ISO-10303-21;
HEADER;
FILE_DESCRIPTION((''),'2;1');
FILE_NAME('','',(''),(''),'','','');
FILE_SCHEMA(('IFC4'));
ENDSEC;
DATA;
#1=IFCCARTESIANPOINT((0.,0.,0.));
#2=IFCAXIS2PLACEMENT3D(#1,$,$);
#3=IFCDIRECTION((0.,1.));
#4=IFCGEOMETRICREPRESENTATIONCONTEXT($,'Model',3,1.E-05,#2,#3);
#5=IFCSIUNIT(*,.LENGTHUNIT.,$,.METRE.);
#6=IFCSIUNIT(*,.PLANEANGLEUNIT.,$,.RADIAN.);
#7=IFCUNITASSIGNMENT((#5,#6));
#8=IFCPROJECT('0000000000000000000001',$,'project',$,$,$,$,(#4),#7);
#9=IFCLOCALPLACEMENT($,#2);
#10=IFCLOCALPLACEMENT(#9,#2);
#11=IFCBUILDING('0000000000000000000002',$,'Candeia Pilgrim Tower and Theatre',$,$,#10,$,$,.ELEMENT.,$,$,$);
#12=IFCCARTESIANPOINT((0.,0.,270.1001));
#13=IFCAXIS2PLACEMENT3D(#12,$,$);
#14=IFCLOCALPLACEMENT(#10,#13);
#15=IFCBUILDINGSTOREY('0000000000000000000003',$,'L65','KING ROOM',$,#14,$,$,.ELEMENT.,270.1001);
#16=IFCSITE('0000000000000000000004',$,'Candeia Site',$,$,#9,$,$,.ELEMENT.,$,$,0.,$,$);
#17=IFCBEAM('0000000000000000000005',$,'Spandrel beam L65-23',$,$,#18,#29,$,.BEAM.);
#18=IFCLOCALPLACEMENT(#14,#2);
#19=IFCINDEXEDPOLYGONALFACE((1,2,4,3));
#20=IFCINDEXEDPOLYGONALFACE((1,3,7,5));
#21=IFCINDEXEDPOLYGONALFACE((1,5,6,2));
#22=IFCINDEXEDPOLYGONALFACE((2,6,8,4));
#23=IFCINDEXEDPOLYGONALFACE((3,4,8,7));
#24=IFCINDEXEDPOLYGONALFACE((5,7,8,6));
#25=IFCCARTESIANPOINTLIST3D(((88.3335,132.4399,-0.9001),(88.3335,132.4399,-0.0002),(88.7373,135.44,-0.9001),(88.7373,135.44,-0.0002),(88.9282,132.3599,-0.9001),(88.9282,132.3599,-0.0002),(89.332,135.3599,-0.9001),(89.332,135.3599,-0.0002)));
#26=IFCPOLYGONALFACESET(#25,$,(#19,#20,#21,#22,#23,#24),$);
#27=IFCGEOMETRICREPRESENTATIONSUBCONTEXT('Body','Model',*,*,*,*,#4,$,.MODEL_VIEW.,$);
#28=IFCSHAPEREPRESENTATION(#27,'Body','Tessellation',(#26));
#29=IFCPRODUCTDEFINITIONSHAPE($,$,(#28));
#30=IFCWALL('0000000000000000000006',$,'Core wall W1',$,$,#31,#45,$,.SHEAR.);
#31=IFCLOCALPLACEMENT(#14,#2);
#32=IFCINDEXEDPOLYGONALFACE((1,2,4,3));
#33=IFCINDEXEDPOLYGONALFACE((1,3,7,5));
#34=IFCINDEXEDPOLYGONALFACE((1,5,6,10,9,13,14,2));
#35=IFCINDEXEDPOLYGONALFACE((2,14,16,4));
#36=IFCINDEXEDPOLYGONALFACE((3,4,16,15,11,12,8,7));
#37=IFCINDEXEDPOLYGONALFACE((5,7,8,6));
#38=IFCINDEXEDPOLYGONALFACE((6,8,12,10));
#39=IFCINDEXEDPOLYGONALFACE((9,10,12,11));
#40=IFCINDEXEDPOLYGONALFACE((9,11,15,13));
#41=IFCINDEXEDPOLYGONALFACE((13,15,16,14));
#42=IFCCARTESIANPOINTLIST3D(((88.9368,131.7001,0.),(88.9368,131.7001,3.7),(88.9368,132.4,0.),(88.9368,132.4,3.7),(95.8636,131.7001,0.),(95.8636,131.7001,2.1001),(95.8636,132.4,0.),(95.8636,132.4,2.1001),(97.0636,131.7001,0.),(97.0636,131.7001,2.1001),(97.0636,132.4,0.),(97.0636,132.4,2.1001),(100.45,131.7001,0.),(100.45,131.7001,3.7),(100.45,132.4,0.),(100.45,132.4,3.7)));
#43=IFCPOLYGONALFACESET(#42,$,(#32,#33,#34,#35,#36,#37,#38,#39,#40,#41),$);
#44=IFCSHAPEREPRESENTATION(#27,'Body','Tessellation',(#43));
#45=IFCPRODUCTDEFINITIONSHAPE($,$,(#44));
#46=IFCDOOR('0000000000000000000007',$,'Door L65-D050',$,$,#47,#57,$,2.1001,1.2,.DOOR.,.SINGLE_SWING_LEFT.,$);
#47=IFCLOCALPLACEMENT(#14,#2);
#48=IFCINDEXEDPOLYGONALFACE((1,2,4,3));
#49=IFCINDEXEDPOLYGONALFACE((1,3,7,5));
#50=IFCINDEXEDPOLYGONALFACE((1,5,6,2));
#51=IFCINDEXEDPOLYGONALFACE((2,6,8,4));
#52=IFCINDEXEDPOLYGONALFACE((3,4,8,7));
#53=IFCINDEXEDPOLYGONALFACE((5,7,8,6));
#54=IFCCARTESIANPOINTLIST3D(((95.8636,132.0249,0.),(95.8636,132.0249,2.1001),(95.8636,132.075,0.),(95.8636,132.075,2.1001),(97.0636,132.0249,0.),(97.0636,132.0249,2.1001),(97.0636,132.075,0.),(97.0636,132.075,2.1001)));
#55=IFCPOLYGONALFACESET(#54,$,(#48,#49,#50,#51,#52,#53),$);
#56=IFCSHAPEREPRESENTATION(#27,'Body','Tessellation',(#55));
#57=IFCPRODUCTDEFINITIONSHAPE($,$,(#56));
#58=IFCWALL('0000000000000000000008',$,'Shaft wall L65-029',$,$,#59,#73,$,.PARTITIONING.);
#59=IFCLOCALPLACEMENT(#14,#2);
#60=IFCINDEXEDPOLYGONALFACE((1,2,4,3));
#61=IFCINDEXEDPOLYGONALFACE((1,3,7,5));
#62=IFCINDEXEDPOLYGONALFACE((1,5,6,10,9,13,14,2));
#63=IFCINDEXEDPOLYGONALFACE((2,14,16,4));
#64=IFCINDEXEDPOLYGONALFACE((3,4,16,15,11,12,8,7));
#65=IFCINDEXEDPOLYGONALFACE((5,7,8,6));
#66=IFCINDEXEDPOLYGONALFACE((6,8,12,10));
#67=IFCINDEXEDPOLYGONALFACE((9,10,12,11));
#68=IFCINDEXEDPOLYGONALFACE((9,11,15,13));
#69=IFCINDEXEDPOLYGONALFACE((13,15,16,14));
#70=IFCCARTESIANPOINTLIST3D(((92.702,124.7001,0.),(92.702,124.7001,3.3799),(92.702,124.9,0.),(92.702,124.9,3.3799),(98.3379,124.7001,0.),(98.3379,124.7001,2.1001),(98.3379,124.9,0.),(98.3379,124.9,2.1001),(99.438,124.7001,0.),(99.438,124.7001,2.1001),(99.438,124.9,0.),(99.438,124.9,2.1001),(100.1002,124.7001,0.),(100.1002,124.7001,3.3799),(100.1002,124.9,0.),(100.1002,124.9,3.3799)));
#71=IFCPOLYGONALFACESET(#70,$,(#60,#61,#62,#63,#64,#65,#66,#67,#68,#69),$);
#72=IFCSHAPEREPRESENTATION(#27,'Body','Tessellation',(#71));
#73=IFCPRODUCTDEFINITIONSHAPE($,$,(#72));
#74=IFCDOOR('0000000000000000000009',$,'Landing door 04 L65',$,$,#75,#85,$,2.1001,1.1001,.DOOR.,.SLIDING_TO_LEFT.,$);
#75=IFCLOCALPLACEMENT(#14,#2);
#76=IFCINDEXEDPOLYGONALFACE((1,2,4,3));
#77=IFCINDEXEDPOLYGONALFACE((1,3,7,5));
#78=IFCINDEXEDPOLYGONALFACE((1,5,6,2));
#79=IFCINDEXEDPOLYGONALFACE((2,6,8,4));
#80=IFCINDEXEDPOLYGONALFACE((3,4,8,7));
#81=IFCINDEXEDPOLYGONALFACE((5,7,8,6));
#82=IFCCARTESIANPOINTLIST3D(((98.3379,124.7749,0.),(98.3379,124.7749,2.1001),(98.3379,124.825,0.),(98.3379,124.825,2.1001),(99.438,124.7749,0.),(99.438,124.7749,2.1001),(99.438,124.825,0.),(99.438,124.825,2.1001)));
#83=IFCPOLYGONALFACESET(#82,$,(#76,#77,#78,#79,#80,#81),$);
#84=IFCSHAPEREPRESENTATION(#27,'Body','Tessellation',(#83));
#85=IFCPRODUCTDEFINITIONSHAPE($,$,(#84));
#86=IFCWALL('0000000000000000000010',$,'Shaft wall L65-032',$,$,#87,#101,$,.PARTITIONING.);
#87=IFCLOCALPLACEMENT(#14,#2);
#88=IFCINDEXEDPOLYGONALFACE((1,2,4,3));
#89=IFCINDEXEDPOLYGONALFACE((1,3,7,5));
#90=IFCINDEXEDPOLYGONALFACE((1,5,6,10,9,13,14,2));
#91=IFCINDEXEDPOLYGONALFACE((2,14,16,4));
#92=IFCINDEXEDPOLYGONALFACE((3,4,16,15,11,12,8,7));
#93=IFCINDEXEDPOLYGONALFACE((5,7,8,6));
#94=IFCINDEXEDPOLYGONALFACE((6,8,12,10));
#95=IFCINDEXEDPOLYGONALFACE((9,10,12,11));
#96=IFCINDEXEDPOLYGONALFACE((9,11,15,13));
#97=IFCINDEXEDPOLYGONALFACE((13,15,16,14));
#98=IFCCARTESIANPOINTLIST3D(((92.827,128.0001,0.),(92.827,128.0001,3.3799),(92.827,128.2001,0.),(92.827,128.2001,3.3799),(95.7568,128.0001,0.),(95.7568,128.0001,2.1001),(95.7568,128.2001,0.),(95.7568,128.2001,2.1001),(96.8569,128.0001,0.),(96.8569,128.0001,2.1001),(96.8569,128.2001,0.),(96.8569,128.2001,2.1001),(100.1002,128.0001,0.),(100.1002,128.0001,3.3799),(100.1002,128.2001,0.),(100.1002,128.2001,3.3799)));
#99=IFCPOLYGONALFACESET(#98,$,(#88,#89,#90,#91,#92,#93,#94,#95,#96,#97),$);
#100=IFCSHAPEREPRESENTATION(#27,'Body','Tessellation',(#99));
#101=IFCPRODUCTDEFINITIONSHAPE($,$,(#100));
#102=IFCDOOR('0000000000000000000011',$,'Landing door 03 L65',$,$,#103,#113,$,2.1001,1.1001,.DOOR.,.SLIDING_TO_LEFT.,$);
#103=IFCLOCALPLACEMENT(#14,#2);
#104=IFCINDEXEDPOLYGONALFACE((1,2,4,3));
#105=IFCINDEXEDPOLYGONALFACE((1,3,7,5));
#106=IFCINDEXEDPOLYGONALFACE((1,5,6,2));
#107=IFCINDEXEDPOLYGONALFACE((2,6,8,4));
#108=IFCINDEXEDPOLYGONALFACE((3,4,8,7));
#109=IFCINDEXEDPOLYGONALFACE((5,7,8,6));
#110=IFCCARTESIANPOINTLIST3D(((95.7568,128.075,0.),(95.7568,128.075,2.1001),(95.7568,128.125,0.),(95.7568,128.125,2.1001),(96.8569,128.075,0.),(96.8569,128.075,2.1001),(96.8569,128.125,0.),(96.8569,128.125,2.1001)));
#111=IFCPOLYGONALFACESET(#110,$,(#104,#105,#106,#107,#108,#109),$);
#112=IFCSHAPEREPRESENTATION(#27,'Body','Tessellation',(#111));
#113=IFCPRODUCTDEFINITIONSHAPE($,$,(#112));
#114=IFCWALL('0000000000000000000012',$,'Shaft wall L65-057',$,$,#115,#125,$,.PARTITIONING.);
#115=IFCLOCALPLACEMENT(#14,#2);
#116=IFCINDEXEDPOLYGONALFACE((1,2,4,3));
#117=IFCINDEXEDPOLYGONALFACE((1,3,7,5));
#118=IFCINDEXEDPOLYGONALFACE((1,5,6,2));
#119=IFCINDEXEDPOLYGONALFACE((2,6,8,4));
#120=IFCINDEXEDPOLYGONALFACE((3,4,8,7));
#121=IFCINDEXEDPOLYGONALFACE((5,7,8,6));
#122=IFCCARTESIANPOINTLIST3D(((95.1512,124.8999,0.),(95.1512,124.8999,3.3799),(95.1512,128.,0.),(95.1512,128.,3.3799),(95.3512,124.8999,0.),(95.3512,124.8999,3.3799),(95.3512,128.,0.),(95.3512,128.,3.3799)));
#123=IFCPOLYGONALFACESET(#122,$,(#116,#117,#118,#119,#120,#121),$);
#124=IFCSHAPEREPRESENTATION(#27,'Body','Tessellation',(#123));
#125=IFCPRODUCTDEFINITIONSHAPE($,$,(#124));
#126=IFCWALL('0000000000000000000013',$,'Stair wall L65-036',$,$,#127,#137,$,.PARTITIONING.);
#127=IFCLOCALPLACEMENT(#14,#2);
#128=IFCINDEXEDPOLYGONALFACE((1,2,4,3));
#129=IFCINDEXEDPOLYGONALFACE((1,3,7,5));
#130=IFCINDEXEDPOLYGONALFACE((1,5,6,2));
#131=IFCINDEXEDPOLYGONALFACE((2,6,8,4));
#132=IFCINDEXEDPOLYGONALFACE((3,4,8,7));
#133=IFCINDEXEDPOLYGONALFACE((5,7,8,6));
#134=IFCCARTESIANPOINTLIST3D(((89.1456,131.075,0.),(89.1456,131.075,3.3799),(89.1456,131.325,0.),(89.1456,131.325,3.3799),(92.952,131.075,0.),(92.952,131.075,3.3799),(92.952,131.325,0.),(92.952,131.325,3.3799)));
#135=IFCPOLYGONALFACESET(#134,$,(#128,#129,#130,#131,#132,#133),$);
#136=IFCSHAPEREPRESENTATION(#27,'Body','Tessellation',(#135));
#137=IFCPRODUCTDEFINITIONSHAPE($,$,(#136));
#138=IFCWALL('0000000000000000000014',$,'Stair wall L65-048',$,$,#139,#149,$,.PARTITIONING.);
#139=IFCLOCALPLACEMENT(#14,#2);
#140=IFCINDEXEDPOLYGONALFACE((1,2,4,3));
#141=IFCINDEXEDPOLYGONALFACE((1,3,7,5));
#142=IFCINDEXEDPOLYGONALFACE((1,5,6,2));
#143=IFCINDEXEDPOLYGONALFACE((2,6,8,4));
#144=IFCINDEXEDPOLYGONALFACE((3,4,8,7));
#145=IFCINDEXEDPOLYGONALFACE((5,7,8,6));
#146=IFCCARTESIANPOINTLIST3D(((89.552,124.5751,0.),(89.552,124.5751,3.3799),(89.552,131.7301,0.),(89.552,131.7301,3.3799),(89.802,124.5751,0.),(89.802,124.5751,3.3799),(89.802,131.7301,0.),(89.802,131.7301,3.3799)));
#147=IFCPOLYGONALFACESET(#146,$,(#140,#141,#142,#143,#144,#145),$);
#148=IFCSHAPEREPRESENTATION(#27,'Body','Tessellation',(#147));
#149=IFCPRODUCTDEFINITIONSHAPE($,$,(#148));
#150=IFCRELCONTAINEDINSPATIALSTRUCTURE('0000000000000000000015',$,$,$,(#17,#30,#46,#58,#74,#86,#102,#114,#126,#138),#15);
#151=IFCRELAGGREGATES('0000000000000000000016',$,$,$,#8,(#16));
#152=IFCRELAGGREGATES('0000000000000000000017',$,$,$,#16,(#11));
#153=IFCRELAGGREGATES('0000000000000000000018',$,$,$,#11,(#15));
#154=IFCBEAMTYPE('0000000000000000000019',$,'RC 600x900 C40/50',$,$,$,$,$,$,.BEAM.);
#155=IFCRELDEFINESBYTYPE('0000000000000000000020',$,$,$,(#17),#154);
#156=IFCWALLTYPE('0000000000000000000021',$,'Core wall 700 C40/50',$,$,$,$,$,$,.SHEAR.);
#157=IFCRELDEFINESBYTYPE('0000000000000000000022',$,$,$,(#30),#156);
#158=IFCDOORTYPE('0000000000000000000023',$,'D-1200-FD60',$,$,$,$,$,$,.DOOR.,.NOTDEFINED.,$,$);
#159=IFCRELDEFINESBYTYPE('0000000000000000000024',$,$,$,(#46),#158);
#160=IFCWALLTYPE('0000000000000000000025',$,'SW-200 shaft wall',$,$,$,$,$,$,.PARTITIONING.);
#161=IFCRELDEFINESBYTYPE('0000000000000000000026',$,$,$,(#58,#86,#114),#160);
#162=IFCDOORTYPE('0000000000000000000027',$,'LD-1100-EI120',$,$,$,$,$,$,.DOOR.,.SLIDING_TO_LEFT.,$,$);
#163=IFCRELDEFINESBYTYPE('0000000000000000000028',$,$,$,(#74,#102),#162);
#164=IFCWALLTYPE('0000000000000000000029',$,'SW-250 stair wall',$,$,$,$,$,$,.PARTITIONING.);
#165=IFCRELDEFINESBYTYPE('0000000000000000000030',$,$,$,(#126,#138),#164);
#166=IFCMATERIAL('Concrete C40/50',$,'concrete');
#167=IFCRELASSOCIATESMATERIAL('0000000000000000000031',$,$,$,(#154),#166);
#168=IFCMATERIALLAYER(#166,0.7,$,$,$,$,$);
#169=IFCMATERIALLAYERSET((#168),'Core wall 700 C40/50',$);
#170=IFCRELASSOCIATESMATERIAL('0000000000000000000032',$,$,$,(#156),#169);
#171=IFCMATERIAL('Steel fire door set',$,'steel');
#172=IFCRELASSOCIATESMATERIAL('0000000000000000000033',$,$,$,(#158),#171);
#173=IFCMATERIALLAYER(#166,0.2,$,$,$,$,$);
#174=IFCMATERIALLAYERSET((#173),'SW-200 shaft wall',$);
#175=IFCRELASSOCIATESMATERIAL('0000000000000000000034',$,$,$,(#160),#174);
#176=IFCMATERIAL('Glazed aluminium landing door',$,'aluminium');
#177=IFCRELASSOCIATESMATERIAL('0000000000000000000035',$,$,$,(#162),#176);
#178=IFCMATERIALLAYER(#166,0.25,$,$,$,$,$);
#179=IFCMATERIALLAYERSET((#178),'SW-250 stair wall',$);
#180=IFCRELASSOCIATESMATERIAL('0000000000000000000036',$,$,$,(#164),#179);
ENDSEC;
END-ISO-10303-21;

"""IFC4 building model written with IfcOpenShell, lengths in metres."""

from ifc_helpers import new_model, si_unit, direction, frame, frame_2d, origin, origin_2d, place, context, subcontext, project, spatial, rectangle, extrude, material, layer, layer_set, material_profile, profile_set, type_object, element, fill, save


model = new_model("IFC4")

# Units and contexts
model_context = context("Model", 3, precision=1e-05, world=origin(), true_north=direction((0.0, 1.0)))
body_context = subcontext(model_context, "Body", "Model", "MODEL_VIEW")
ifc_project = project(units=[si_unit("LENGTHUNIT", "METRE"), si_unit("PLANEANGLEUNIT", "RADIAN")], contexts=[model_context])

# Site, building, storey
site_placement = place(None, origin())
site = spatial("IfcSite", under=ifc_project, at=site_placement, Name="Candeia Site", CompositionType="ELEMENT", RefElevation=0.0)
building_placement = place(site_placement, origin())
building = spatial("IfcBuilding", under=site, at=building_placement, Name="Candeia Pilgrim Tower and Theatre", CompositionType="ELEMENT")
storey_placement = place(building_placement, frame((0.0, 0.0, 270.1001)))
storey = spatial("IfcBuildingStorey", under=building, at=storey_placement, Name="L65", Description="KING ROOM", CompositionType="ELEMENT", Elevation=270.1001)

# Beam
ifc_material_1 = material(Name="Concrete C40/50", Category="concrete")
ifc_material_profile = material_profile(ifc_material_1, rectangle(XDim=0.6001, YDim=0.8999, at=origin_2d()))
ifc_profile_set = profile_set([ifc_material_profile], Name="Concrete C40/50")
beam_type = type_object("IfcBeamType", Name="RC 600x900 C40/50", PredefinedType="BEAM", material=ifc_profile_set)
beam_placement = place(storey_placement, frame((88.6309, 132.3999, -0.4502), z_axis=(0.1334, 0.991062, 0.0), x_axis=(-0.991062, 0.1334, 0.0)))
element("IfcBeam", 1, at=beam_placement, inside=storey, type_object=beam_type, Name="Spandrel beam L65-23", PredefinedType="BEAM", context=body_context, shape_type="SweptSolid", body=[
    extrude(rectangle(XDim=0.6001, YDim=0.8999, at=origin_2d()), origin(), (0.0, 0.0, 1.0), 3.0271),
])

# Walls, openings, doors
ifc_layer_1 = layer(ifc_material_1, 0.7)
ifc_layer_set_1 = layer_set([ifc_layer_1], Name="Core wall 700 C40/50")
wall_type_1 = type_object("IfcWallType", Name="Core wall 700 C40/50", PredefinedType="SHEAR", material=ifc_layer_set_1)
wall_1_placement = place(storey_placement, frame((88.9368, 132.05, 0.0), z_axis=(0.0, 0.0, 1.0), x_axis=(1.0, 0.0, 0.0)))
wall_1 = element("IfcWall", 2, at=wall_1_placement, inside=storey, type_object=wall_type_1, Name="Core wall W1", PredefinedType="SHEAR", context=body_context, shape_type="SweptSolid", body=[
    extrude(rectangle(XDim=11.5132, YDim=0.7, at=frame_2d((5.7566, 0.0))), origin(), (0.0, 0.0, 1.0), 3.7),
])
opening_1_placement = place(wall_1_placement, frame((6.9268, 0.0, 0.0)))
opening_1 = element("IfcOpeningElement", 3, at=opening_1_placement, cuts=wall_1, PredefinedType="OPENING", context=body_context, shape_type="SweptSolid", body=[
    extrude(rectangle(XDim=1.2, YDim=2.1001, at=frame_2d((0.6001, 1.05))), frame((0.0, 0.3599, 0.0), z_axis=(0.0, -1.0, 0.0), x_axis=(1.0, 0.0, 0.0)), (0.0, 0.0, 1.0), 0.72),
])
ifc_material_2 = material(Name="Steel fire door set", Category="steel")
door_type_1 = type_object("IfcDoorType", Name="D-1200-FD60", OperationType="NOTDEFINED", PredefinedType="DOOR", material=ifc_material_2)
door_1_placement = place(opening_1_placement, origin())
door_1 = element("IfcDoor", 4, at=door_1_placement, inside=storey, type_object=door_type_1, Name="Door L65-D050", OperationType="SINGLE_SWING_LEFT", OverallHeight=2.1001, OverallWidth=1.2, PredefinedType="DOOR", context=body_context, shape_type="SweptSolid", body=[
    extrude(rectangle(XDim=1.2, YDim=2.1001, at=frame_2d((0.6001, 1.05))), frame((0.0, 0.0249, 0.0), z_axis=(0.0, -1.0, 0.0), x_axis=(1.0, 0.0, 0.0)), (0.0, 0.0, 1.0), 0.05),
])
fill(opening_1, door_1)
ifc_layer_2 = layer(ifc_material_1, 0.2)
ifc_layer_set_2 = layer_set([ifc_layer_2], Name="SW-200 shaft wall")
wall_type_2 = type_object("IfcWallType", Name="SW-200 shaft wall", PredefinedType="PARTITIONING", material=ifc_layer_set_2)
wall_2_placement = place(storey_placement, frame((92.7019, 124.8, 0.0), z_axis=(0.0, 0.0, 1.0), x_axis=(1.0, 0.0, 0.0)))
wall_2 = element("IfcWall", 5, at=wall_2_placement, inside=storey, type_object=wall_type_2, Name="Shaft wall L65-029", PredefinedType="PARTITIONING", context=body_context, shape_type="SweptSolid", body=[
    extrude(rectangle(XDim=7.3982, YDim=0.2, at=frame_2d((3.6992, 0.0))), origin(), (0.0, 0.0, 1.0), 3.3799),
])
opening_2_placement = place(wall_2_placement, frame((5.636, 0.0, 0.0)))
opening_2 = element("IfcOpeningElement", 6, at=opening_2_placement, cuts=wall_2, PredefinedType="OPENING", context=body_context, shape_type="SweptSolid", body=[
    extrude(rectangle(XDim=1.1001, YDim=2.1001, at=frame_2d((0.55, 1.05))), frame((0.0, 0.1099, 0.0), z_axis=(0.0, -1.0, 0.0), x_axis=(1.0, 0.0, 0.0)), (0.0, 0.0, 1.0), 0.22),
])
ifc_material_3 = material(Name="Glazed aluminium landing door", Category="aluminium")
door_type_2 = type_object("IfcDoorType", Name="LD-1100-EI120", OperationType="SLIDING_TO_LEFT", PredefinedType="DOOR", material=ifc_material_3)
door_2_placement = place(opening_2_placement, origin())
door_2 = element("IfcDoor", 7, at=door_2_placement, inside=storey, type_object=door_type_2, Name="Landing door 04 L65", OperationType="SLIDING_TO_LEFT", OverallHeight=2.1001, OverallWidth=1.1001, PredefinedType="DOOR", context=body_context, shape_type="SweptSolid", body=[
    extrude(rectangle(XDim=1.1001, YDim=2.1001, at=frame_2d((0.55, 1.05))), frame((0.0, 0.0249, 0.0), z_axis=(0.0, -1.0, 0.0), x_axis=(1.0, 0.0, 0.0)), (0.0, 0.0, 1.0), 0.05),
])
fill(opening_2, door_2)
wall_3_placement = place(storey_placement, frame((92.8269, 128.1001, 0.0), z_axis=(0.0, 0.0, 1.0), x_axis=(1.0, 0.0, 0.0)))
wall_3 = element("IfcWall", 8, at=wall_3_placement, inside=storey, type_object=wall_type_2, Name="Shaft wall L65-032", PredefinedType="PARTITIONING", context=body_context, shape_type="SweptSolid", body=[
    extrude(rectangle(XDim=7.2732, YDim=0.2, at=frame_2d((3.6367, 0.0))), origin(), (0.0, 0.0, 1.0), 3.3799),
])
opening_3_placement = place(wall_3_placement, frame((2.9299, 0.0, 0.0)))
opening_3 = element("IfcOpeningElement", 9, at=opening_3_placement, cuts=wall_3, PredefinedType="OPENING", context=body_context, shape_type="SweptSolid", body=[
    extrude(rectangle(XDim=1.1001, YDim=2.1001, at=frame_2d((0.55, 1.05))), frame((0.0, 0.1099, 0.0), z_axis=(0.0, -1.0, 0.0), x_axis=(1.0, 0.0, 0.0)), (0.0, 0.0, 1.0), 0.22),
])
door_3_placement = place(opening_3_placement, origin())
door_3 = element("IfcDoor", 10, at=door_3_placement, inside=storey, type_object=door_type_2, Name="Landing door 03 L65", OperationType="SLIDING_TO_LEFT", OverallHeight=2.1001, OverallWidth=1.1001, PredefinedType="DOOR", context=body_context, shape_type="SweptSolid", body=[
    extrude(rectangle(XDim=1.1001, YDim=2.1001, at=frame_2d((0.55, 1.05))), frame((0.0, 0.0249, 0.0), z_axis=(0.0, -1.0, 0.0), x_axis=(1.0, 0.0, 0.0)), (0.0, 0.0, 1.0), 0.05),
])
fill(opening_3, door_3)

# Walls
wall_4_placement = place(storey_placement, frame((95.2512, 124.8999, 0.0), z_axis=(0.0, 0.0, 1.0), x_axis=(0.0, 1.0, 0.0)))
element("IfcWall", 11, at=wall_4_placement, inside=storey, type_object=wall_type_2, Name="Shaft wall L65-057", PredefinedType="PARTITIONING", context=body_context, shape_type="SweptSolid", body=[
    extrude(rectangle(XDim=3.1001, YDim=0.2, at=frame_2d((1.55, 0.0))), origin(), (0.0, 0.0, 1.0), 3.3799),
])
ifc_layer_3 = layer(ifc_material_1, 0.25)
ifc_layer_set_3 = layer_set([ifc_layer_3], Name="SW-250 stair wall")
wall_type_3 = type_object("IfcWallType", Name="SW-250 stair wall", PredefinedType="PARTITIONING", material=ifc_layer_set_3)
wall_5_placement = place(storey_placement, frame((89.1455, 131.2, 0.0), z_axis=(0.0, 0.0, 1.0), x_axis=(1.0, 0.0, 0.0)))
element("IfcWall", 12, at=wall_5_placement, inside=storey, type_object=wall_type_3, Name="Stair wall L65-036", PredefinedType="PARTITIONING", context=body_context, shape_type="SweptSolid", body=[
    extrude(rectangle(XDim=3.8064, YDim=0.25, at=frame_2d((1.9033, 0.0))), origin(), (0.0, 0.0, 1.0), 3.3799),
])
wall_6_placement = place(storey_placement, frame((89.677, 124.575, 0.0), z_axis=(0.0, 0.0, 1.0), x_axis=(0.0, 1.0, 0.0)))
element("IfcWall", 13, at=wall_6_placement, inside=storey, type_object=wall_type_3, Name="Stair wall L65-048", PredefinedType="PARTITIONING", context=body_context, shape_type="SweptSolid", body=[
    extrude(rectangle(XDim=7.155, YDim=0.25, at=frame_2d((3.5776, 0.0))), origin(), (0.0, 0.0, 1.0), 3.3799),
])

save(model, "model.ifc")
